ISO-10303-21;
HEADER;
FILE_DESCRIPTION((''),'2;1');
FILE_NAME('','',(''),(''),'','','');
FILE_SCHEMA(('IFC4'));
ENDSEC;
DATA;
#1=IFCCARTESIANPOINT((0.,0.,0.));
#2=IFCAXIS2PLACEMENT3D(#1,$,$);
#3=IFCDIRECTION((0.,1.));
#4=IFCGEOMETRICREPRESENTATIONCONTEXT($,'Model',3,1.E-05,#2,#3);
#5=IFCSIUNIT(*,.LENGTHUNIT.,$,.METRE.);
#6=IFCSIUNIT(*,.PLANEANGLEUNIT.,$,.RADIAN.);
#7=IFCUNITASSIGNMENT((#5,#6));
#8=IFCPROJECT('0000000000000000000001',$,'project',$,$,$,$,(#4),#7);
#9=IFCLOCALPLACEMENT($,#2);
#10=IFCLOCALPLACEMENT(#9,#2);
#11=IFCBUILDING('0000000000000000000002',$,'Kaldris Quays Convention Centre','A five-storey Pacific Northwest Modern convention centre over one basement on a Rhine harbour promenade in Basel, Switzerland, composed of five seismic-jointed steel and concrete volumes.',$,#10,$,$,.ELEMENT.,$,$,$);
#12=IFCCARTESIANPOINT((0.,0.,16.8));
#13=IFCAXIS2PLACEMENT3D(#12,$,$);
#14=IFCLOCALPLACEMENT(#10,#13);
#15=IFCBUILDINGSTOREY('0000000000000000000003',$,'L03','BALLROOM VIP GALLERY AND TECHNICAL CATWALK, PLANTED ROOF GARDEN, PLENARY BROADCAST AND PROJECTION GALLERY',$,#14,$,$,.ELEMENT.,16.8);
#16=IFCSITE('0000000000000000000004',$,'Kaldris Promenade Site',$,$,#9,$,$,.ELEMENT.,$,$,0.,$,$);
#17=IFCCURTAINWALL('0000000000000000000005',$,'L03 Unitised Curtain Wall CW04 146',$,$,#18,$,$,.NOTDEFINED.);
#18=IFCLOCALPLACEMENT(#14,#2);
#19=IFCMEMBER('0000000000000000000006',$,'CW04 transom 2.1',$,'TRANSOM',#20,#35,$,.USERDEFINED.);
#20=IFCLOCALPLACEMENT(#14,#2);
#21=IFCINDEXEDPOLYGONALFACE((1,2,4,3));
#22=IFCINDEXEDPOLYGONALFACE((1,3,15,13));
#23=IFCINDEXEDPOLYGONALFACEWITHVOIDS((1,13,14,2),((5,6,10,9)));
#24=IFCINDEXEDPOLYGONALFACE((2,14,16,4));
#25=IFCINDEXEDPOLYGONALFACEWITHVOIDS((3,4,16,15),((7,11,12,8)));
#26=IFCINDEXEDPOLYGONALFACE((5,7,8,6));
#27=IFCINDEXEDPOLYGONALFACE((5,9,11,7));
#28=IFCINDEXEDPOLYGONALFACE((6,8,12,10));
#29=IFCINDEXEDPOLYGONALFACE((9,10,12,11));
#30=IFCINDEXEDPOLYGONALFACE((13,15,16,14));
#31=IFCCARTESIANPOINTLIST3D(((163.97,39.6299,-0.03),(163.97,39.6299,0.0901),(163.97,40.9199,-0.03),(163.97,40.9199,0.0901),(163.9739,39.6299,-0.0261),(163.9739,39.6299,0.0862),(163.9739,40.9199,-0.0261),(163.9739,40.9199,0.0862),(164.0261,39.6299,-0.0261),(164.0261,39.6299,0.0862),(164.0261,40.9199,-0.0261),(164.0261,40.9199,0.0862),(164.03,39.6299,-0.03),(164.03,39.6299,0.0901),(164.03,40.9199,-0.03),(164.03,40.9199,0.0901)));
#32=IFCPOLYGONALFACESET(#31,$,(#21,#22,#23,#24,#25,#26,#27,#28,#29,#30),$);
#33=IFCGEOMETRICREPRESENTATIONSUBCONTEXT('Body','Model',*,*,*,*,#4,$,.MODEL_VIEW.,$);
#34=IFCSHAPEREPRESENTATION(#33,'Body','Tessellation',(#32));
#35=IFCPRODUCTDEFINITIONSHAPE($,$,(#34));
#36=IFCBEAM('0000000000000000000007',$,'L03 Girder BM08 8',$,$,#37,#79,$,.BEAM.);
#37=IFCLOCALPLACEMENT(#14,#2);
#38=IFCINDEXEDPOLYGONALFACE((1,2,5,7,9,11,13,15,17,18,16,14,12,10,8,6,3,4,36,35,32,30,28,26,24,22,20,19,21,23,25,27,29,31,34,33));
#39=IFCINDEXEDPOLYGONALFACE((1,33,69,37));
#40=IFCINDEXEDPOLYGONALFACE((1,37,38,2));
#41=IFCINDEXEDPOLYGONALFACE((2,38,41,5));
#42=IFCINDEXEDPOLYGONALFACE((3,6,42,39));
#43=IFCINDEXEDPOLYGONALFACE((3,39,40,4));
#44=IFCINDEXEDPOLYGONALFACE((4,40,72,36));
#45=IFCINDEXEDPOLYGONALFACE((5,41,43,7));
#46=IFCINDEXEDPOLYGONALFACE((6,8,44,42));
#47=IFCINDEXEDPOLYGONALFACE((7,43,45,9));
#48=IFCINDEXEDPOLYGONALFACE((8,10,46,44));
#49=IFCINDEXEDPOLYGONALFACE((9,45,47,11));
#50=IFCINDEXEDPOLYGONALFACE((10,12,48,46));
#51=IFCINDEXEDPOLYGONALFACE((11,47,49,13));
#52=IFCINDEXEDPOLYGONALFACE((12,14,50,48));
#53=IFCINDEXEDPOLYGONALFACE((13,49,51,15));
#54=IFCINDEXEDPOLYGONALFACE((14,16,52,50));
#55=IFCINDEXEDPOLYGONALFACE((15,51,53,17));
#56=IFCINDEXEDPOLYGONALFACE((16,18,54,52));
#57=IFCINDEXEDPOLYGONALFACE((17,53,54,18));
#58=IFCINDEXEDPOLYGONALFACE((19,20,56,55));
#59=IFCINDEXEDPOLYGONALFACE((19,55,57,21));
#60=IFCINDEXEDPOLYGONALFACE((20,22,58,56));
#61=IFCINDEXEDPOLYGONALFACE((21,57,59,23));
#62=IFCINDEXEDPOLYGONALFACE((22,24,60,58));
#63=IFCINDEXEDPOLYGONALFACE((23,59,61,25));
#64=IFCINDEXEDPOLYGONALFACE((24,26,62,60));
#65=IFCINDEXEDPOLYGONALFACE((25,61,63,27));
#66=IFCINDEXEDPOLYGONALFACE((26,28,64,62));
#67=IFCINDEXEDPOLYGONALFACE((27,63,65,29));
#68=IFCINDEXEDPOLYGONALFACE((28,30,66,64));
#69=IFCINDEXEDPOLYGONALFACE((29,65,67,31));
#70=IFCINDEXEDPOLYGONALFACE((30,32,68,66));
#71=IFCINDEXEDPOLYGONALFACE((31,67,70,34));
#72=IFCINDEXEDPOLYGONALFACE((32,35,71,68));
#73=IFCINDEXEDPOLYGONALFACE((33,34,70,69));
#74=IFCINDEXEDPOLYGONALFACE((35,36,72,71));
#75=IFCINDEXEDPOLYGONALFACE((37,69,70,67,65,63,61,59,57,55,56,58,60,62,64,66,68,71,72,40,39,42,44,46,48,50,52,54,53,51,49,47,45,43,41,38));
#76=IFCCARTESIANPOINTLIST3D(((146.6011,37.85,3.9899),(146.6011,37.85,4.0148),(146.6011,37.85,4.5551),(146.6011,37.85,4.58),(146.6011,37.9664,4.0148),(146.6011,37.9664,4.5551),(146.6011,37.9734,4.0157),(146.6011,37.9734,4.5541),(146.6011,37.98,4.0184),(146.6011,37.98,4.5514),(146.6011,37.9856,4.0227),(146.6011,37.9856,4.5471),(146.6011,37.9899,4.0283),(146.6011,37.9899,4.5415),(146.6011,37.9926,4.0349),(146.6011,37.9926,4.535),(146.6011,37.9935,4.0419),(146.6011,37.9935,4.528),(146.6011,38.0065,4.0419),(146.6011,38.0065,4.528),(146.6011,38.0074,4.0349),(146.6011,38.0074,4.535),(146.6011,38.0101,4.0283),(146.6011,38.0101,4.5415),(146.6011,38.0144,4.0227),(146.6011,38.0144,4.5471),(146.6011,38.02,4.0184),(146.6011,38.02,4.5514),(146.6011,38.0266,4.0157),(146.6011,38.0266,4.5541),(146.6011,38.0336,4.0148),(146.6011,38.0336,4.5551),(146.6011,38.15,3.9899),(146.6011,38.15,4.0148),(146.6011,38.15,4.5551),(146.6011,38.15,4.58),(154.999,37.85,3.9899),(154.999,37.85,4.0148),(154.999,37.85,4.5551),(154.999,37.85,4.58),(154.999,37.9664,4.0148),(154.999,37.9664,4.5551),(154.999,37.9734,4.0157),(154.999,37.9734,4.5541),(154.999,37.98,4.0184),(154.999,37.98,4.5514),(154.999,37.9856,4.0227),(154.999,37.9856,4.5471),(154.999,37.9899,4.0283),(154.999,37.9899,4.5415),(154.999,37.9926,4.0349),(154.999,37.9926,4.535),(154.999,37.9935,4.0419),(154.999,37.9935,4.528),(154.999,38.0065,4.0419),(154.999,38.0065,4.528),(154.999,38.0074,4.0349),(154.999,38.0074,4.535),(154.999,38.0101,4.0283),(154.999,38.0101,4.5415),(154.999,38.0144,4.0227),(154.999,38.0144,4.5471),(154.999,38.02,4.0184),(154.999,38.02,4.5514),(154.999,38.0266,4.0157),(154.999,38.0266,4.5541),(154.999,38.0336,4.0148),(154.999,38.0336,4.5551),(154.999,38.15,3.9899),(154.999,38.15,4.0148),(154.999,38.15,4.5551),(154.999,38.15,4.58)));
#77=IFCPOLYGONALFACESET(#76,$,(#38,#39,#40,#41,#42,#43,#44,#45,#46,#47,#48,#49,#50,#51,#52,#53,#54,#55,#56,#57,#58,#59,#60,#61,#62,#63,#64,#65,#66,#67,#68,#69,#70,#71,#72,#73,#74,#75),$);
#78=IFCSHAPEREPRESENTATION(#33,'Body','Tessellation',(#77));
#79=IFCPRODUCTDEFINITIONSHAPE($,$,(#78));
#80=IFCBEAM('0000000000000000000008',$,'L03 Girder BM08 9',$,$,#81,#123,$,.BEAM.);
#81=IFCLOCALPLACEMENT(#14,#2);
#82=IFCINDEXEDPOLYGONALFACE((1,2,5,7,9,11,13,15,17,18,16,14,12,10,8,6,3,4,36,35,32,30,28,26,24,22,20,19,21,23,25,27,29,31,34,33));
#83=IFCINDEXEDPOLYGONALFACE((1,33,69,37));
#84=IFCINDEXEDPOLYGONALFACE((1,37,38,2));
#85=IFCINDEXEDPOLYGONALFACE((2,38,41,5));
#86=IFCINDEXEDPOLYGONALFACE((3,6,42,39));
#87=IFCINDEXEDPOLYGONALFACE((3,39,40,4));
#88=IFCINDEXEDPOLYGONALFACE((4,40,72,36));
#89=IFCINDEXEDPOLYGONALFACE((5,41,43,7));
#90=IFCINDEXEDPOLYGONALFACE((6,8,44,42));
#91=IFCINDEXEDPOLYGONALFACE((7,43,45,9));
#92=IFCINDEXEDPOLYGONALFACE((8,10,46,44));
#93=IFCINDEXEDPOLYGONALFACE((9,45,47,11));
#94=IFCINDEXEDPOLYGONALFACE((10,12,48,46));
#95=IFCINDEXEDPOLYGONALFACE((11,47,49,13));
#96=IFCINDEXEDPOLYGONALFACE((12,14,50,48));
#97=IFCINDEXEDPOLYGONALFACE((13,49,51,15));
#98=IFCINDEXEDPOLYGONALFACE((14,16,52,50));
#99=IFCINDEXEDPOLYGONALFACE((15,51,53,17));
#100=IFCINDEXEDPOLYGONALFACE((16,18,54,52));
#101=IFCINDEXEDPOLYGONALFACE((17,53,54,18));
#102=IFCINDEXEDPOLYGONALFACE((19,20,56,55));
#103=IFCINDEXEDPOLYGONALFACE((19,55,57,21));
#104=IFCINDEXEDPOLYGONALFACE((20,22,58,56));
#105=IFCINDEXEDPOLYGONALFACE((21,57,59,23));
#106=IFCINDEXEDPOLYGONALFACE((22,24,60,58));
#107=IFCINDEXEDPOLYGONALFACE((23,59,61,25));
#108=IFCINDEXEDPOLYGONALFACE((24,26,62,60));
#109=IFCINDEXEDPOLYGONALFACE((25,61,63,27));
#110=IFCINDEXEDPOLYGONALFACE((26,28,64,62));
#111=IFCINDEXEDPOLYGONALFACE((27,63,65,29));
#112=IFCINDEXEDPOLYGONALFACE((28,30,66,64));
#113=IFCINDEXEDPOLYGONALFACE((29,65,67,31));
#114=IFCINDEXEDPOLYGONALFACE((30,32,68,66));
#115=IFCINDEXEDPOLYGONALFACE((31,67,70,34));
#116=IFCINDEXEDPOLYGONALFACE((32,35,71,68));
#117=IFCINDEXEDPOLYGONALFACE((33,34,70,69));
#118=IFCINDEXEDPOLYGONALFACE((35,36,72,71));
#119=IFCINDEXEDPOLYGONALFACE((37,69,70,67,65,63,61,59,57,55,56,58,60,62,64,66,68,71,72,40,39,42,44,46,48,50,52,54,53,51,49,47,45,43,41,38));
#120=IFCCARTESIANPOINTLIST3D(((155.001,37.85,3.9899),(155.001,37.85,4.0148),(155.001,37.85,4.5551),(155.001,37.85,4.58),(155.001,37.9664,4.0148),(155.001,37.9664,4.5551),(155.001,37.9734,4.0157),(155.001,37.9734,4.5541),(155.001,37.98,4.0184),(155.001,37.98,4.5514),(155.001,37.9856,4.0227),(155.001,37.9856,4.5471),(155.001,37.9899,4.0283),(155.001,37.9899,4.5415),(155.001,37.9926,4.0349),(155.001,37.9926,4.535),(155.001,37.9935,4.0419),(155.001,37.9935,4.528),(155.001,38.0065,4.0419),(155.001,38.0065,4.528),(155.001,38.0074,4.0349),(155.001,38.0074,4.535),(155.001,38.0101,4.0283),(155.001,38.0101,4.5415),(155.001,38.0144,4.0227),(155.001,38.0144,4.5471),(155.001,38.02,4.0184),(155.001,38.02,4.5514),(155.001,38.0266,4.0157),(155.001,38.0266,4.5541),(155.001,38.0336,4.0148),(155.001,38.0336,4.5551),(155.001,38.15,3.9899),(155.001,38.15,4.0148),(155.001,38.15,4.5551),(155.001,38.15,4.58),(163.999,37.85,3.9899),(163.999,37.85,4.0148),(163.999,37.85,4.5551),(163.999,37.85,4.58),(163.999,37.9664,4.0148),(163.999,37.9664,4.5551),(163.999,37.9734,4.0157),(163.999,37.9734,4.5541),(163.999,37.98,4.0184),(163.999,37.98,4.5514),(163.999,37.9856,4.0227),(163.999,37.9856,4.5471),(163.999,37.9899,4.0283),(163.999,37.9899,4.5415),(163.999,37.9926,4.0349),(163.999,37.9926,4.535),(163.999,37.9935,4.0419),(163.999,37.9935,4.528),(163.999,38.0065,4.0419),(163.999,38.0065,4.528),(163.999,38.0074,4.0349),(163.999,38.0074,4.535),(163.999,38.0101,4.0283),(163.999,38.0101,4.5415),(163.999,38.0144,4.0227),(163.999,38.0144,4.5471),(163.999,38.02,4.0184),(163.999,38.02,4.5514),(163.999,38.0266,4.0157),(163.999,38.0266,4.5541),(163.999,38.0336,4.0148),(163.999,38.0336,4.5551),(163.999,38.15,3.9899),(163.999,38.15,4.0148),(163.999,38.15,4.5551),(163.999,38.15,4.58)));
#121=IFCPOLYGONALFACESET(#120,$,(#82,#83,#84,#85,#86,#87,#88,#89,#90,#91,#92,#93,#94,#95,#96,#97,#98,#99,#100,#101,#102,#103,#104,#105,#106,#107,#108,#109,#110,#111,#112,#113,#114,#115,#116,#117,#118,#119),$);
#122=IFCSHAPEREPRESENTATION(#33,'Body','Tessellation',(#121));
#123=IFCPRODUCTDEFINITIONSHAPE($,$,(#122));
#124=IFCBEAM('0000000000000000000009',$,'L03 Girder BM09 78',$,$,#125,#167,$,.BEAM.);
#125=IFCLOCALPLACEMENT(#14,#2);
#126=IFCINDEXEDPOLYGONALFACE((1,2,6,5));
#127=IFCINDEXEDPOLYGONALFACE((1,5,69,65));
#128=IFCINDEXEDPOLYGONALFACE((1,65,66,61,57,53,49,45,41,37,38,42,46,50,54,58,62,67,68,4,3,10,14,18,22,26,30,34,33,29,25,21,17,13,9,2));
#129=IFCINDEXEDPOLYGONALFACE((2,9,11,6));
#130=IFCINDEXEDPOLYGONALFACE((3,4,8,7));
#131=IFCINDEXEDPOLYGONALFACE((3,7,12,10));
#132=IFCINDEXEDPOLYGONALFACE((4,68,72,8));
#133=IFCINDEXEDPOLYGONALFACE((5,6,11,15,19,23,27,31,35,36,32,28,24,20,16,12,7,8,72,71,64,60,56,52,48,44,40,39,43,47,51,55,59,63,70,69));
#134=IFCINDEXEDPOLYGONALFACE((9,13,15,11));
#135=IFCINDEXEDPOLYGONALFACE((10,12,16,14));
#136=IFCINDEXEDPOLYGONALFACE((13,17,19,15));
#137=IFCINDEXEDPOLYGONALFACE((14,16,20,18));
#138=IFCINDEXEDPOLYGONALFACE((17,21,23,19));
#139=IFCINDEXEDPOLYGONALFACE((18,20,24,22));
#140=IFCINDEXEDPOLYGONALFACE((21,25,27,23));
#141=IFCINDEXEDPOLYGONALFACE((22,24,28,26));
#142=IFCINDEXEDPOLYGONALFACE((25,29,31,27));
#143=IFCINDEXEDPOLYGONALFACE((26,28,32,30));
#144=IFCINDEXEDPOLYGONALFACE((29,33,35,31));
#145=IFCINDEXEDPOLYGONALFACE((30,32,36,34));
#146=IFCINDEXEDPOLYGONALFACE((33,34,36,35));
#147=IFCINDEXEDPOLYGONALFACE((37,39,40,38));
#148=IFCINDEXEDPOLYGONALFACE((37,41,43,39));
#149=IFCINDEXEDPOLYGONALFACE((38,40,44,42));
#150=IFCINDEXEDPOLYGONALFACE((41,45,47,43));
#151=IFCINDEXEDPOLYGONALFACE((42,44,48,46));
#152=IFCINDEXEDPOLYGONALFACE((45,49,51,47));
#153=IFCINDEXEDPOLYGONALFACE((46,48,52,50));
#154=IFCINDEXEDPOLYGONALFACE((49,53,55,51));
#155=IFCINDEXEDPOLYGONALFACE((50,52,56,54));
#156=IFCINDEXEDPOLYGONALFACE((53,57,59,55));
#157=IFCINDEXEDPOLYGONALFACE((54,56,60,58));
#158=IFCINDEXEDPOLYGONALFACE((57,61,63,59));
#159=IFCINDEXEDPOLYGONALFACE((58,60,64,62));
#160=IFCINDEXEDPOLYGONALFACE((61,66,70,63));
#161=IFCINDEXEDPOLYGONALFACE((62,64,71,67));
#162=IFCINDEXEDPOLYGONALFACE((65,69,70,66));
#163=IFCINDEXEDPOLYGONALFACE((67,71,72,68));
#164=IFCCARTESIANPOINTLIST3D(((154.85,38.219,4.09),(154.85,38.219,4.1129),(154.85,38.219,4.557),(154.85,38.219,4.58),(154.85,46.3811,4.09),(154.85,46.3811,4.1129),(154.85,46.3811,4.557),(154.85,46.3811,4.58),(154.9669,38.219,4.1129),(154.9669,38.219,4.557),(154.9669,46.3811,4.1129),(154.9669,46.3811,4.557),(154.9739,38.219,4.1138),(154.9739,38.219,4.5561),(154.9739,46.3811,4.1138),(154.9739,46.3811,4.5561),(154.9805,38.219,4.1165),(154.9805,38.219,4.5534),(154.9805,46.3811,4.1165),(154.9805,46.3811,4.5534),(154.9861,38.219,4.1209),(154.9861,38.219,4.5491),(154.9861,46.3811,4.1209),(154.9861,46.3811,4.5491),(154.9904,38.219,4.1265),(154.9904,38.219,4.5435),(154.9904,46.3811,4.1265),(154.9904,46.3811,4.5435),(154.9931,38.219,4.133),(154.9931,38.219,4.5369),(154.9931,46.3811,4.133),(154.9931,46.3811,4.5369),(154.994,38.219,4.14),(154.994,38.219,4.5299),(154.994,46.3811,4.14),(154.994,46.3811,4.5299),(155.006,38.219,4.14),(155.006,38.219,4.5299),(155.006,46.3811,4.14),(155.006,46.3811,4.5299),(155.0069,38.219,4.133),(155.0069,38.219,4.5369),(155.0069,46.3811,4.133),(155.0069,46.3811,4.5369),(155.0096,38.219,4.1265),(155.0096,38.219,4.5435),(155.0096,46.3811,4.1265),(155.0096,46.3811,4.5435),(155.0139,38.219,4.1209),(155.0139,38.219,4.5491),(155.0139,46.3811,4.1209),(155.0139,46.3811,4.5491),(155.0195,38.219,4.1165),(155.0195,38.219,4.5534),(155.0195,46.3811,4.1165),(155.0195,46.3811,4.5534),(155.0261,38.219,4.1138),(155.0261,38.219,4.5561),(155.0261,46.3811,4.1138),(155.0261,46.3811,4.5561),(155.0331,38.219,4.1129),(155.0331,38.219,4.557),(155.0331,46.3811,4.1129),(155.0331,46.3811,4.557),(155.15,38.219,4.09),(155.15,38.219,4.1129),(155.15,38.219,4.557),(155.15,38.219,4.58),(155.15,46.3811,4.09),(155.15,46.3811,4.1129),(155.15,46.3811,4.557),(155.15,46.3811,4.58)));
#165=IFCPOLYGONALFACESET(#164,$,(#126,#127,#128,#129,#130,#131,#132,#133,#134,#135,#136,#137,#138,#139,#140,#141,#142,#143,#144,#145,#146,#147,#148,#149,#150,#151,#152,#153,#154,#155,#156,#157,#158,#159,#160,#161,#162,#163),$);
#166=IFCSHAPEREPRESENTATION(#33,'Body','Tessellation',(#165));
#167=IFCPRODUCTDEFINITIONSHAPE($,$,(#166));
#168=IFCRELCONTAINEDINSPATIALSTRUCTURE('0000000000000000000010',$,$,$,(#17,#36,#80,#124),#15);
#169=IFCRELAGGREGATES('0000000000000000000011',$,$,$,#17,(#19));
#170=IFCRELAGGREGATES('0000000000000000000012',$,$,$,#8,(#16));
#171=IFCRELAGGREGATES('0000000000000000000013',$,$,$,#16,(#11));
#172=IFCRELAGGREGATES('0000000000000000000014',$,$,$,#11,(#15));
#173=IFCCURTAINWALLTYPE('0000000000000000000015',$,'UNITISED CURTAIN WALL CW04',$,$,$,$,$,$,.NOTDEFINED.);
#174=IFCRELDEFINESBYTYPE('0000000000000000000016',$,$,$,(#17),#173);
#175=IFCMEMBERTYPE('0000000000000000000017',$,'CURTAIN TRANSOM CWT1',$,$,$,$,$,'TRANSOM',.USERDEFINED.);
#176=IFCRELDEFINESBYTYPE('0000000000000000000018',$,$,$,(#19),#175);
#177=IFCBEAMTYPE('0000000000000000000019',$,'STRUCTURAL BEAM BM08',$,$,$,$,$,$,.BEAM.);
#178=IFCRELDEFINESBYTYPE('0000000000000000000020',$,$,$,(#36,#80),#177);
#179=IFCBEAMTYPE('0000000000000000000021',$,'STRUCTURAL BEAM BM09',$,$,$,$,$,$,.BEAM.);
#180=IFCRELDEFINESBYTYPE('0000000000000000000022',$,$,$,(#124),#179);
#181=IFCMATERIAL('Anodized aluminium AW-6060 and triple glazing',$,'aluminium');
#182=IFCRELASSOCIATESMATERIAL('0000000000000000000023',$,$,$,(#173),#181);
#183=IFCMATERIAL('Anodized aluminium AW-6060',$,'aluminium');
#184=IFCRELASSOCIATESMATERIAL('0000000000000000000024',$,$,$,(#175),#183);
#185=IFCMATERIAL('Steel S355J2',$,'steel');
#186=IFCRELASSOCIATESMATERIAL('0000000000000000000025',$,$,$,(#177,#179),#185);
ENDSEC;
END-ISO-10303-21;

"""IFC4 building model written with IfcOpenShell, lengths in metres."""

from ifc_helpers import new_model, si_unit, direction, frame, origin, origin_2d, place, context, subcontext, project, spatial, hollow_rectangle, i_section, extrude, material, material_profile, profile_set, type_object, element, aggregate, save


model = new_model("IFC4")

# Units and contexts
model_context = context("Model", 3, precision=1e-05, world=origin(), true_north=direction((0.0, 1.0)))
body_context = subcontext(model_context, "Body", "Model", "MODEL_VIEW")
ifc_project = project(units=[si_unit("LENGTHUNIT", "METRE"), si_unit("PLANEANGLEUNIT", "RADIAN")], contexts=[model_context])

# Site, building, storey
site_placement = place(None, origin())
site = spatial("IfcSite", under=ifc_project, at=site_placement, Name="Kaldris Promenade Site", CompositionType="ELEMENT", RefElevation=0.0)
building_placement = place(site_placement, origin())
building = spatial("IfcBuilding", under=site, at=building_placement, Name="Kaldris Quays Convention Centre", Description="A five-storey Pacific Northwest Modern convention centre over one basement on a Rhine harbour promenade in Basel, Switzerland, composed of five seismic-jointed steel and concrete volumes.", CompositionType="ELEMENT")
storey_placement = place(building_placement, frame((0.0, 0.0, 16.8)))
storey = spatial("IfcBuildingStorey", under=building, at=storey_placement, Name="L03", Description="BALLROOM VIP GALLERY AND TECHNICAL CATWALK, PLANTED ROOF GARDEN, PLENARY BROADCAST AND PROJECTION GALLERY", CompositionType="ELEMENT", Elevation=16.8)

# Shared definitions
ifc_material_1 = material(Name="Steel S355J2", Category="steel")

# Curtain wall, member
ifc_material_2 = material(Name="Anodized aluminium AW-6060 and triple glazing", Category="aluminium")
curtain_wall_type = type_object("IfcCurtainWallType", Name="UNITISED CURTAIN WALL CW04", PredefinedType="NOTDEFINED", material=ifc_material_2)
curtain_wall_placement = place(storey_placement, origin())
curtain_wall = element("IfcCurtainWall", 1, at=curtain_wall_placement, inside=storey, type_object=curtain_wall_type, Name="L03 Unitised Curtain Wall CW04 146", PredefinedType="NOTDEFINED")
ifc_material_3 = material(Name="Anodized aluminium AW-6060", Category="aluminium")
ifc_material_profile_1 = material_profile(ifc_material_3, hollow_rectangle(XDim=0.0601, YDim=0.1201, WallThickness=0.0039, at=origin_2d()), Name="RHS 120x60x4")
ifc_profile_set_1 = profile_set([ifc_material_profile_1], Name="Anodized aluminium AW-6060")
member_type_1 = type_object("IfcMemberType", Name="CURTAIN TRANSOM CWT1", ElementType="TRANSOM", PredefinedType="USERDEFINED", material=ifc_profile_set_1)
member_1_placement = place(storey_placement, frame((164.0, 39.6299, 0.03), z_axis=(0.0, 1.0, 0.0), x_axis=(-1.0, 0.0, 0.0)))
member_1 = element("IfcMember", 2, at=member_1_placement, type_object=member_type_1, Name="CW04 transom 2.1", ObjectType="TRANSOM", PredefinedType="USERDEFINED", context=body_context, shape_type="SweptSolid", body=[
    extrude(hollow_rectangle(XDim=0.0601, YDim=0.1201, WallThickness=0.0039, at=origin_2d()), origin(), (0.0, 0.0, 1.0), 1.29),
])

# Beams
ifc_material_profile_2 = material_profile(ifc_material_1, i_section(OverallWidth=0.3, OverallDepth=0.5901, WebThickness=0.0129, FlangeThickness=0.0249, FilletRadius=0.0271, at=origin_2d()), Name="HEA 600")
ifc_profile_set_2 = profile_set([ifc_material_profile_2], Name="Steel S355J2")
beam_type_1 = type_object("IfcBeamType", Name="STRUCTURAL BEAM BM08", PredefinedType="BEAM", material=ifc_profile_set_2)
beam_1_placement = place(storey_placement, frame((146.6011, 38.0, 4.2849), z_axis=(1.0, 0.0, 0.0), x_axis=(0.0, 1.0, 0.0)))
element("IfcBeam", 3, at=beam_1_placement, inside=storey, type_object=beam_type_1, Name="L03 Girder BM08 8", PredefinedType="BEAM", context=body_context, shape_type="SweptSolid", body=[
    extrude(i_section(OverallWidth=0.3, OverallDepth=0.5901, WebThickness=0.0129, FlangeThickness=0.0249, FilletRadius=0.0271, at=origin_2d()), origin(), (0.0, 0.0, 1.0), 8.3979),
])
beam_2_placement = place(storey_placement, frame((155.001, 38.0, 4.2849), z_axis=(1.0, 0.0, 0.0), x_axis=(0.0, 1.0, 0.0)))
element("IfcBeam", 4, at=beam_2_placement, inside=storey, type_object=beam_type_1, Name="L03 Girder BM08 9", PredefinedType="BEAM", context=body_context, shape_type="SweptSolid", body=[
    extrude(i_section(OverallWidth=0.3, OverallDepth=0.5901, WebThickness=0.0129, FlangeThickness=0.0249, FilletRadius=0.0271, at=origin_2d()), origin(), (0.0, 0.0, 1.0), 8.998),
])
ifc_material_profile_3 = material_profile(ifc_material_1, i_section(OverallWidth=0.3, OverallDepth=0.49, WebThickness=0.012, FlangeThickness=0.0229, FilletRadius=0.0271, at=origin_2d()), Name="HEA 500")
ifc_profile_set_3 = profile_set([ifc_material_profile_3], Name="Steel S355J2")
beam_type_2 = type_object("IfcBeamType", Name="STRUCTURAL BEAM BM09", PredefinedType="BEAM", material=ifc_profile_set_3)
for number, where, z_axis, x_axis, name in (
    (5, (155.0, 38.219, 4.335), (0.0, 1.0, 0.0), (-1.0, 0.0, 0.0), "L03 Girder BM09 78"),
):
    element("IfcBeam", number, at=place(storey_placement, frame(where, z_axis=z_axis, x_axis=x_axis)), inside=storey, type_object=beam_type_2, Name=name, PredefinedType="BEAM", context=body_context, shape_type="SweptSolid", body=[
        extrude(i_section(OverallWidth=0.3, OverallDepth=0.49, WebThickness=0.012, FlangeThickness=0.0229, FilletRadius=0.0271, at=origin_2d()), origin(), (0.0, 0.0, 1.0), 8.1621),
    ])

aggregate(curtain_wall, [member_1])

save(model, "model.ifc")
